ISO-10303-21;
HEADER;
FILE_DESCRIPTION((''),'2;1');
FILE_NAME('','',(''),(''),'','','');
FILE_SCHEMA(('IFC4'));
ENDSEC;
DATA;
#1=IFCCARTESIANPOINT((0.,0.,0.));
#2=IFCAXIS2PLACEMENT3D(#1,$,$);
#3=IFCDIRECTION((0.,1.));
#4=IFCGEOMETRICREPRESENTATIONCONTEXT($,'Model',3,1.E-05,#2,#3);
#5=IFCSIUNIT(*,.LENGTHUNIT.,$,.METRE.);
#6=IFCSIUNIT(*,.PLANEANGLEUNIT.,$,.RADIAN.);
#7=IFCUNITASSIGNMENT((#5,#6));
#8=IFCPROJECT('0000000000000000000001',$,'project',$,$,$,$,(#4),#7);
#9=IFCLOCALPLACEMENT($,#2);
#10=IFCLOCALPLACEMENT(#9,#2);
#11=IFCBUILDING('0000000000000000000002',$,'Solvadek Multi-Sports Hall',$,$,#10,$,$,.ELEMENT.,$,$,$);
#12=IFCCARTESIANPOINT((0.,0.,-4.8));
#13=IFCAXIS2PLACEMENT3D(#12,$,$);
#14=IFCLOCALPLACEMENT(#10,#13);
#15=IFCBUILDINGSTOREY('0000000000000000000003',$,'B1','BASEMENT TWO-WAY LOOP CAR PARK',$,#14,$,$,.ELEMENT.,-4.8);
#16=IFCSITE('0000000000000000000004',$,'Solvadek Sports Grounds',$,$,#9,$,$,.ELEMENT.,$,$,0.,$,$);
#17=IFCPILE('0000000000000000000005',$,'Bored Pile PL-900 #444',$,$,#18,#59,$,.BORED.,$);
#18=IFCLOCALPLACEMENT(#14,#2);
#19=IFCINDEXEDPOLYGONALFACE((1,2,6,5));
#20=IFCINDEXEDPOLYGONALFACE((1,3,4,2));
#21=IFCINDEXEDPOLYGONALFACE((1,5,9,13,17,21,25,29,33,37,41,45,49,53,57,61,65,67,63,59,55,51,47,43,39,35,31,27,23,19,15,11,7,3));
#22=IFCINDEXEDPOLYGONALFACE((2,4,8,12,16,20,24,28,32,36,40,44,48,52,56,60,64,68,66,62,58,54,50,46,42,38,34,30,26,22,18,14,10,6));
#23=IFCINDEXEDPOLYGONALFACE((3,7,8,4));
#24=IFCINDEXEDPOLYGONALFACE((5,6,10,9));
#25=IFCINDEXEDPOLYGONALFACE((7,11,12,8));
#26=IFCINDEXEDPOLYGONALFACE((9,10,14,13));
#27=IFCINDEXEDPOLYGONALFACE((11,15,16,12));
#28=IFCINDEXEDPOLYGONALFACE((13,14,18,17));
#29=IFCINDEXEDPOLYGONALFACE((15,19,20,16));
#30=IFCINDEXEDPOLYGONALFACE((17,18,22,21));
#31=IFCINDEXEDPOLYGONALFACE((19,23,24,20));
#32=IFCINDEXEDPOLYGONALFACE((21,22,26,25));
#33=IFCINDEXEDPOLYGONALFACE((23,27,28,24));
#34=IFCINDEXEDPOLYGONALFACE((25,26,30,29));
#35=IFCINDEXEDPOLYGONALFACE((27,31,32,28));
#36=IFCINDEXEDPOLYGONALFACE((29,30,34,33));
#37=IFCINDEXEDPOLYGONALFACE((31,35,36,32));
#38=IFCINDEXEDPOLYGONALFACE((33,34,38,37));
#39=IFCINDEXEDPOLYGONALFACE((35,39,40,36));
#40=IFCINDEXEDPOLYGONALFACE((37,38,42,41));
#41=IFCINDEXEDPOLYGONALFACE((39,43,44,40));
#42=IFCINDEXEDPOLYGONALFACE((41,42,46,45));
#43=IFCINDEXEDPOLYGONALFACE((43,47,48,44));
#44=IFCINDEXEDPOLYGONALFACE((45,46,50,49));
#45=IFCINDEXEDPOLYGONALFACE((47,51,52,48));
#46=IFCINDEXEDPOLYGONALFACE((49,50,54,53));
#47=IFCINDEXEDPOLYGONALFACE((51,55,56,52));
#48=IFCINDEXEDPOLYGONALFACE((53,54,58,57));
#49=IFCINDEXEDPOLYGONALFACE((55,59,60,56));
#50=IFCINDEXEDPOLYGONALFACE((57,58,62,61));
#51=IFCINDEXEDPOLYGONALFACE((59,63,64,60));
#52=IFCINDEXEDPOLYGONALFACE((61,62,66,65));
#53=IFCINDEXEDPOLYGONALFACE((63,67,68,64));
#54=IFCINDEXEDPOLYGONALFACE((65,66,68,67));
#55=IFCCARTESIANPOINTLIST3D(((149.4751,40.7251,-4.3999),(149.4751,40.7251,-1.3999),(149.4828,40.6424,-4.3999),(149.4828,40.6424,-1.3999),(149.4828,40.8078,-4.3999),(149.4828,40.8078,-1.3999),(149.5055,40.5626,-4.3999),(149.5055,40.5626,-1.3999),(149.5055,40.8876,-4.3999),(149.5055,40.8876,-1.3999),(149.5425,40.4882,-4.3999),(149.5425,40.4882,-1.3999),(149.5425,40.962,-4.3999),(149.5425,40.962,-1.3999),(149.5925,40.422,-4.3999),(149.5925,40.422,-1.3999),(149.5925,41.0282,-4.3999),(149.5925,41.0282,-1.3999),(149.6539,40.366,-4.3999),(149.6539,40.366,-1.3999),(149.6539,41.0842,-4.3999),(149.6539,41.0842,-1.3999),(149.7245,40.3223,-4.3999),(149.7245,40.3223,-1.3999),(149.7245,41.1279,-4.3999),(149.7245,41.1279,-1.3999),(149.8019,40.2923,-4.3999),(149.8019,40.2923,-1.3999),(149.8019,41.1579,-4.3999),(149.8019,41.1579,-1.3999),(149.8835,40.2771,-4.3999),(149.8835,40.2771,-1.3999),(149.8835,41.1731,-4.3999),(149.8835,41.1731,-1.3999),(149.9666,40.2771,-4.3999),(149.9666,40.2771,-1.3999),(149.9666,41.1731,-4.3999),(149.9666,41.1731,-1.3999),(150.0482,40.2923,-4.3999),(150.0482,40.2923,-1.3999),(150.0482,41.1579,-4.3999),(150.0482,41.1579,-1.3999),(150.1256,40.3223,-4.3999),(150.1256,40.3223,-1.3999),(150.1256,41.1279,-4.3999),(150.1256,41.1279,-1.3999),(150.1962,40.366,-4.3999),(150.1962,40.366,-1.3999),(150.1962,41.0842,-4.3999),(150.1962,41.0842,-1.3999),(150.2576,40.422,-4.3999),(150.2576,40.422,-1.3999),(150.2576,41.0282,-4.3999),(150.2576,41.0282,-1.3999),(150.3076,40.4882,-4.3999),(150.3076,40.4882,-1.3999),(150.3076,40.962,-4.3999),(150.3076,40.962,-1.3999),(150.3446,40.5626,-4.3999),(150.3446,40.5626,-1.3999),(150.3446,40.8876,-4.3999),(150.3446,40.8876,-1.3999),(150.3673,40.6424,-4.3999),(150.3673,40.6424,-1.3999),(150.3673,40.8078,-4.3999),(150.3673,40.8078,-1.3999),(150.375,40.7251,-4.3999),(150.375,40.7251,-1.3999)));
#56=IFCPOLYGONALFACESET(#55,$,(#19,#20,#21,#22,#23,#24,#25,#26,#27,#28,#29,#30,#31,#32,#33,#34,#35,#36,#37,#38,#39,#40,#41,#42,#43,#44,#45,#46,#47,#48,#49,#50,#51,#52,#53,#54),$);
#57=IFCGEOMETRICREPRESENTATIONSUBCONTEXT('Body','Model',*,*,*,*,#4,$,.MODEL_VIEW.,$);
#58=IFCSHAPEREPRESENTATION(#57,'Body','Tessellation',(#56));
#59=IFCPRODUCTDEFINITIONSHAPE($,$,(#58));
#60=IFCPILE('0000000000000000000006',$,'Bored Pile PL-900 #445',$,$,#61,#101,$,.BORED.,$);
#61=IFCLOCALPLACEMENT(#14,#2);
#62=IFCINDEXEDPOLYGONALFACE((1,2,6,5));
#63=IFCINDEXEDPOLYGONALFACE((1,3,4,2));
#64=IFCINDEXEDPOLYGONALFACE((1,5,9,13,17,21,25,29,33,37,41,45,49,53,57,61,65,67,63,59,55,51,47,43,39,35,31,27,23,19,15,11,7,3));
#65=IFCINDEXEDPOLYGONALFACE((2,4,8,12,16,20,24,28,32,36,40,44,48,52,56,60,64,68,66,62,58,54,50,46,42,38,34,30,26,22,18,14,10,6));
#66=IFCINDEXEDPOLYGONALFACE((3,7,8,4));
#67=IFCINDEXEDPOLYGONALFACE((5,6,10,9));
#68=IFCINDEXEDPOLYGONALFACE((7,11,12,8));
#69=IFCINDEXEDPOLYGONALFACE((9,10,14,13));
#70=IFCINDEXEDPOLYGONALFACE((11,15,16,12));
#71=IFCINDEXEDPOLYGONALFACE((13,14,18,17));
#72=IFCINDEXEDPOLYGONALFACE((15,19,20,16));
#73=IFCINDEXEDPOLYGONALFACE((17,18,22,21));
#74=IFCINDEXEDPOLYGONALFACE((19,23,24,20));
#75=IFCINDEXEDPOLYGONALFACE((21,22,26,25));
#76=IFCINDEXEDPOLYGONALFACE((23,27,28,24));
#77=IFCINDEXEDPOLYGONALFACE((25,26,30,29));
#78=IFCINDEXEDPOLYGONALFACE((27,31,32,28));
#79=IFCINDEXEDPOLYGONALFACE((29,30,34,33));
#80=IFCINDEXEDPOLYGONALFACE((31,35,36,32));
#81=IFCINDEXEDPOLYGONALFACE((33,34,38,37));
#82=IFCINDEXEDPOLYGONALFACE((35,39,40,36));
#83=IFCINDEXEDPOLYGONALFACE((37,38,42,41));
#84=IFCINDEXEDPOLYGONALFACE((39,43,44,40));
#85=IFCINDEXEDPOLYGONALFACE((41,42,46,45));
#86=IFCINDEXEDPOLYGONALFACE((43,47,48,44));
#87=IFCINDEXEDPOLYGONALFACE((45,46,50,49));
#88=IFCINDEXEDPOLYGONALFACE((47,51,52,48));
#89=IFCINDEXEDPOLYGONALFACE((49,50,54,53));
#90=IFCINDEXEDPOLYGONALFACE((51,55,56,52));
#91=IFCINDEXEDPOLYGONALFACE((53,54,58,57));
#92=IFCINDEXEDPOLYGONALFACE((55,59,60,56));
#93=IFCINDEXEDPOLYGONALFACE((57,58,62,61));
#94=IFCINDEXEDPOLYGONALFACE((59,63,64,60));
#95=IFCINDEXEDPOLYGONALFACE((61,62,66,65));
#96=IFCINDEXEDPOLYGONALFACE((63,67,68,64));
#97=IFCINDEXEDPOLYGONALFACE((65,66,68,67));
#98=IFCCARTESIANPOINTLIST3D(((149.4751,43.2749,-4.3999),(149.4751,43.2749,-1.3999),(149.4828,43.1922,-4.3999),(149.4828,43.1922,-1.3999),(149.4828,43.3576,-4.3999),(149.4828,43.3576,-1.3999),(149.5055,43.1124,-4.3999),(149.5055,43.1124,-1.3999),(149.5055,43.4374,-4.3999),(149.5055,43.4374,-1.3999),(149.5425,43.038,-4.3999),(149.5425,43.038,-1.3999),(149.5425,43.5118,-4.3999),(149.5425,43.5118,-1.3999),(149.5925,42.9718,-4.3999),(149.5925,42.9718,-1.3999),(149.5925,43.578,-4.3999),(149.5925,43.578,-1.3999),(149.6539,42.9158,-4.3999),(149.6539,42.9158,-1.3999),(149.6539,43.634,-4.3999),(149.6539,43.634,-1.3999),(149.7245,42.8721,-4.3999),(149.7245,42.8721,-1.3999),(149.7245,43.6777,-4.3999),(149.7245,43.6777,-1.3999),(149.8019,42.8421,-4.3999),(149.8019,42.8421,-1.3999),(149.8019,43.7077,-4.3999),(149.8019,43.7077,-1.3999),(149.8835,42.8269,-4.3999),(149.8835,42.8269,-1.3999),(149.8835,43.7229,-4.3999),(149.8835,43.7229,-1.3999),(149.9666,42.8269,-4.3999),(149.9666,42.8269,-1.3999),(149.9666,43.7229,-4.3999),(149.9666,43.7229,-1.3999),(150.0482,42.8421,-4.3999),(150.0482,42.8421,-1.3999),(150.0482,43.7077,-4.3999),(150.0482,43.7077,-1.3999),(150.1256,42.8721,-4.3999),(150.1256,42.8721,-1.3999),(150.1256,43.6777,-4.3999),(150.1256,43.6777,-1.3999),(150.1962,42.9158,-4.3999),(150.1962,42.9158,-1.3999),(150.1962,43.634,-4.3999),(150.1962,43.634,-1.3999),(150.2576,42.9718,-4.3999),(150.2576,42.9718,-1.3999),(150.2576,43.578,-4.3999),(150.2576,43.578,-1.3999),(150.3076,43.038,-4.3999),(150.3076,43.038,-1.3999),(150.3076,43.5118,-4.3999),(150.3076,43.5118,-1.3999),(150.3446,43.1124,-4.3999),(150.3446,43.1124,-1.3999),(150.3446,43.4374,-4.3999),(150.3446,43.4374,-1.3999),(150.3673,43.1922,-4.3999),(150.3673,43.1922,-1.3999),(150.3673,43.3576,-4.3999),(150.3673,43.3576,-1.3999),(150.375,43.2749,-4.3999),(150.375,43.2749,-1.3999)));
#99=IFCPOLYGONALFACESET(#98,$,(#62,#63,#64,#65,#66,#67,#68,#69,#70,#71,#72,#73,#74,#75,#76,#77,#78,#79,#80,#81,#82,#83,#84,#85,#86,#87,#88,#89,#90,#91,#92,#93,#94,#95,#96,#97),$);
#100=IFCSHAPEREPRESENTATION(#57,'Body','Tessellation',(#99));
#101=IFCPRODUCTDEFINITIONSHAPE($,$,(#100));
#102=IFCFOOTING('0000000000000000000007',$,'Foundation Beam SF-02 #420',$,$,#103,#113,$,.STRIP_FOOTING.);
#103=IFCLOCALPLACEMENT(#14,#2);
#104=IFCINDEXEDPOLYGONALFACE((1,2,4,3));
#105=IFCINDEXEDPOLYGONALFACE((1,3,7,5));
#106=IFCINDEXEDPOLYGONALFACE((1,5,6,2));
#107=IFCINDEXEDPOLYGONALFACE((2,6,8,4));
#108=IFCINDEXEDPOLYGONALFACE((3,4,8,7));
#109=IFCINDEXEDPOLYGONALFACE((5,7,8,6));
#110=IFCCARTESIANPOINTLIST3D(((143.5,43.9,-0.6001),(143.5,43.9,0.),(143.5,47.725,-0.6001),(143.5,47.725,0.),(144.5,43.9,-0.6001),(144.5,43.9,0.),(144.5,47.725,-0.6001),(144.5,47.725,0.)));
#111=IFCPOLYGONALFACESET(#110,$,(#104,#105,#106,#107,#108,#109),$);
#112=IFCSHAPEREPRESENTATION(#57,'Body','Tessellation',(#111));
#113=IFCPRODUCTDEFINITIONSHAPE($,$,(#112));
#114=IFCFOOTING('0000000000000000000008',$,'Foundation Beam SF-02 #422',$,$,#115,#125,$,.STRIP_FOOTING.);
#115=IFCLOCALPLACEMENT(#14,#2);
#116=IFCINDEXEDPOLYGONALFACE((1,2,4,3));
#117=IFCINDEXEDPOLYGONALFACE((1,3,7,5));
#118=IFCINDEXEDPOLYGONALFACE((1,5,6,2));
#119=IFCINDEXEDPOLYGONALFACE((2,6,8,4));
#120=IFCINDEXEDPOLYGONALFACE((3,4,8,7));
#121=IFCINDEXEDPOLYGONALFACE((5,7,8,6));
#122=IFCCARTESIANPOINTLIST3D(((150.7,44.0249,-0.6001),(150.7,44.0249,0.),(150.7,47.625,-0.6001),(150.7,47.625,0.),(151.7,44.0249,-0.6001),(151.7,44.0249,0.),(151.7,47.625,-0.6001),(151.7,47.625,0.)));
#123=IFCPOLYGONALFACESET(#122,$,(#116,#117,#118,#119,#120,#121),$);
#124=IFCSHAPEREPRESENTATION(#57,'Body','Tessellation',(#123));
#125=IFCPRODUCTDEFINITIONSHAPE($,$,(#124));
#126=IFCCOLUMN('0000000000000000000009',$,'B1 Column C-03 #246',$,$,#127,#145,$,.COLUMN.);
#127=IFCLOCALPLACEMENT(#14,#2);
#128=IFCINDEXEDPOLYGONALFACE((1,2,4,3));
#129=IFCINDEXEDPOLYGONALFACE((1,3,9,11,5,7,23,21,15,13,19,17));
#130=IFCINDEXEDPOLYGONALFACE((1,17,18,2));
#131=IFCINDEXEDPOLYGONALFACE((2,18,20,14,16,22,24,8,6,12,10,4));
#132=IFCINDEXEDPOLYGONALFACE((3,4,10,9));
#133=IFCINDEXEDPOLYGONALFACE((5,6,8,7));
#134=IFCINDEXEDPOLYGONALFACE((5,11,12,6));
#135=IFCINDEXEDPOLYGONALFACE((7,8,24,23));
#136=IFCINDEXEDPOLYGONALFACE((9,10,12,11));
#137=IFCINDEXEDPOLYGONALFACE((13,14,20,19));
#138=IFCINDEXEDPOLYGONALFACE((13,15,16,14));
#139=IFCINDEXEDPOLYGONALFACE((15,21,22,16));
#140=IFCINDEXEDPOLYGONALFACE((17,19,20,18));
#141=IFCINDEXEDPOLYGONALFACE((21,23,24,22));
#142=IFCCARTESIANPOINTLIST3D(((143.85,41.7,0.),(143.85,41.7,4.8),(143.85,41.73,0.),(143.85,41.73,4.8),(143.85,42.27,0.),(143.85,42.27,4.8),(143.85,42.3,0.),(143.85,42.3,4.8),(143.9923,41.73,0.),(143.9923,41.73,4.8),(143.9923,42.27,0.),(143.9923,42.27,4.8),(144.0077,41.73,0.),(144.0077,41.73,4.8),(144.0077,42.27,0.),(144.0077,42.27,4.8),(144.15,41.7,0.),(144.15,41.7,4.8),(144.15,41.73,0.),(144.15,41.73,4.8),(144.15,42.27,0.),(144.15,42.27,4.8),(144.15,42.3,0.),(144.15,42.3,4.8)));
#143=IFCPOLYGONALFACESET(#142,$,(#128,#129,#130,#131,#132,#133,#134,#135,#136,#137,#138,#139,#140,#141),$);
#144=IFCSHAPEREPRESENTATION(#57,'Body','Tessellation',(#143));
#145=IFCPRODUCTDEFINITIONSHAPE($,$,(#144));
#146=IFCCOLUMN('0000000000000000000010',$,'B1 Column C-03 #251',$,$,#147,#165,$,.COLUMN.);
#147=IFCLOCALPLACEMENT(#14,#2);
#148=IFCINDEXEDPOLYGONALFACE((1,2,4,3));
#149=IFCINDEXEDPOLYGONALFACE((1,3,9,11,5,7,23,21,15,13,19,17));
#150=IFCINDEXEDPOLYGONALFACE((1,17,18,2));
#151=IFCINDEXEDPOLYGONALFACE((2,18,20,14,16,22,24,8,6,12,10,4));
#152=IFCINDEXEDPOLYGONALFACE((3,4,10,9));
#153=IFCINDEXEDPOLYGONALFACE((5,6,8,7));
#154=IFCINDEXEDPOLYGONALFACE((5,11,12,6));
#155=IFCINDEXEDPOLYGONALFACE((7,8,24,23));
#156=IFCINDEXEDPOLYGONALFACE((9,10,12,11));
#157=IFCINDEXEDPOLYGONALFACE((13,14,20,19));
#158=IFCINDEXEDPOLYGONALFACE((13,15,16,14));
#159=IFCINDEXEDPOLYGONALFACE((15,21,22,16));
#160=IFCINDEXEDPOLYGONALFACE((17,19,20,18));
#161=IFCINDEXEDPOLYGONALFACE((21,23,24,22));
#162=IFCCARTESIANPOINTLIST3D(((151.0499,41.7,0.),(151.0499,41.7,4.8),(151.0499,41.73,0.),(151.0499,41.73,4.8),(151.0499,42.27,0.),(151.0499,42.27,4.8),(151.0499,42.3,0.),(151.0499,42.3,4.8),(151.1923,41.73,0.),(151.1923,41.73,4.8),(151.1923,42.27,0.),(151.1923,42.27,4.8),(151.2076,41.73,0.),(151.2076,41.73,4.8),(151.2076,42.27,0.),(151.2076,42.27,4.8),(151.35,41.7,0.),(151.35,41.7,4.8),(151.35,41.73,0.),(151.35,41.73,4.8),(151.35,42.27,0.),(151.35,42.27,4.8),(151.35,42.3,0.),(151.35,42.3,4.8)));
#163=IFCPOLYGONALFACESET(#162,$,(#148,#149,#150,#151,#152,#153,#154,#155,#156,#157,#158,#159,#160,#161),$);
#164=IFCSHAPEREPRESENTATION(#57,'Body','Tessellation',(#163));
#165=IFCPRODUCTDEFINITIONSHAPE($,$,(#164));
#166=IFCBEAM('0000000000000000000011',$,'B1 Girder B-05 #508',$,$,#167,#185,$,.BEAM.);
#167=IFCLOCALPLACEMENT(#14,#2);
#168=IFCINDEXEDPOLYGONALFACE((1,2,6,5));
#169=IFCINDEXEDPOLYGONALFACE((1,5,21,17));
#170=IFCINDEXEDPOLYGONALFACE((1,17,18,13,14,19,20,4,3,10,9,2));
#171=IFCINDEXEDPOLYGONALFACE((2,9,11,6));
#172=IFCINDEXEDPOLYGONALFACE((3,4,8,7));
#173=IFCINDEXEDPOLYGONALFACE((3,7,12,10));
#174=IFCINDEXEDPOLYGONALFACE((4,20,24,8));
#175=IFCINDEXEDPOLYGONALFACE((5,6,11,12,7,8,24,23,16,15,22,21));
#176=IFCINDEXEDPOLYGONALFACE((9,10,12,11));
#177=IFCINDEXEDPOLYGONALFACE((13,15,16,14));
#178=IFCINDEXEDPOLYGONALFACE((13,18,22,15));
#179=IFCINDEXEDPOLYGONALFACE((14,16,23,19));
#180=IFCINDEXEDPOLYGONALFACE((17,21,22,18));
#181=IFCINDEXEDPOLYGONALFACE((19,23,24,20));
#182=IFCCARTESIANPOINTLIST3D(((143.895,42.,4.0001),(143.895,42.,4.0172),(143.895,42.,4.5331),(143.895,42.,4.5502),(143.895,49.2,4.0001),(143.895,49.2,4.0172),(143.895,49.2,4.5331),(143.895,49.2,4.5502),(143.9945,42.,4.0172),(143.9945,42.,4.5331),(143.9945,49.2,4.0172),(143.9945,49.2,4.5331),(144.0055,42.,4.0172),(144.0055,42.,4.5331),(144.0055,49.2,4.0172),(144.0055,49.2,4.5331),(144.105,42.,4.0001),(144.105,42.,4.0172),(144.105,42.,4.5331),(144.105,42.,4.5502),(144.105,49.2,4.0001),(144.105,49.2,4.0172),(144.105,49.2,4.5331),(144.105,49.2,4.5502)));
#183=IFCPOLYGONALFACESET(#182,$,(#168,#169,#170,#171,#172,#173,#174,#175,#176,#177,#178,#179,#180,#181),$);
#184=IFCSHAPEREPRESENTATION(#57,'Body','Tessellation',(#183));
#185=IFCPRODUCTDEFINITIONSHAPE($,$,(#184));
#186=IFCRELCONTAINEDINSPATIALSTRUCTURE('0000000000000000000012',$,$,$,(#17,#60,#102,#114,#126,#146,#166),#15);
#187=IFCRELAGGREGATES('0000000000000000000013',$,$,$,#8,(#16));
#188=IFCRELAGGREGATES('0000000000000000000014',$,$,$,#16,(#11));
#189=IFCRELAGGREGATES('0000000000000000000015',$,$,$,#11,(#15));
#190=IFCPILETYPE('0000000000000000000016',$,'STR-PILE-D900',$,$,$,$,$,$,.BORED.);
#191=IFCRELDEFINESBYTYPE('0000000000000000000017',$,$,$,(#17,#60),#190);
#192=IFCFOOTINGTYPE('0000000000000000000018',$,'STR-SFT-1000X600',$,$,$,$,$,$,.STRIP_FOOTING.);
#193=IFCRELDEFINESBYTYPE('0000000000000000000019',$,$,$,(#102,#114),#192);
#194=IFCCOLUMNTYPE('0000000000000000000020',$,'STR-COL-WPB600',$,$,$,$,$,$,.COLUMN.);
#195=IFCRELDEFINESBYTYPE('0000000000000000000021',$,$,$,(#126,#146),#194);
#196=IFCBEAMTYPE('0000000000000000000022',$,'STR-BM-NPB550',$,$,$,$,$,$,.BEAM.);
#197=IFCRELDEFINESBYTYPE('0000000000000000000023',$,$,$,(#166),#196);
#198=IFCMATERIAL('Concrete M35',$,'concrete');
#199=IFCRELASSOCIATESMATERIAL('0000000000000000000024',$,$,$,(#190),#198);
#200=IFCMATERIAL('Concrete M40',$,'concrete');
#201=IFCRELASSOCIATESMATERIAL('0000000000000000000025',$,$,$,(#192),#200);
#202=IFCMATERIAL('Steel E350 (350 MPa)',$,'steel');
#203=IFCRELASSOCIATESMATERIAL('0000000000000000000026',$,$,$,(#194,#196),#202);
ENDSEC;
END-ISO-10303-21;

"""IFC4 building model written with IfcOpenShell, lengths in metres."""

from ifc_helpers import new_model, si_unit, direction, frame, origin, origin_2d, place, context, subcontext, project, spatial, rectangle, circle, i_section, extrude, material, material_profile, profile_set, type_object, element, save


model = new_model("IFC4")

# Units and contexts
model_context = context("Model", 3, precision=1e-05, world=origin(), true_north=direction((0.0, 1.0)))
body_context = subcontext(model_context, "Body", "Model", "MODEL_VIEW")
ifc_project = project(units=[si_unit("LENGTHUNIT", "METRE"), si_unit("PLANEANGLEUNIT", "RADIAN")], contexts=[model_context])

# Site, building, storey
site_placement = place(None, origin())
site = spatial("IfcSite", under=ifc_project, at=site_placement, Name="Solvadek Sports Grounds", CompositionType="ELEMENT", RefElevation=0.0)
building_placement = place(site_placement, origin())
building = spatial("IfcBuilding", under=site, at=building_placement, Name="Solvadek Multi-Sports Hall", CompositionType="ELEMENT")
storey_placement = place(building_placement, frame((0.0, 0.0, -4.8)))
storey = spatial("IfcBuildingStorey", under=building, at=storey_placement, Name="B1", Description="BASEMENT TWO-WAY LOOP CAR PARK", CompositionType="ELEMENT", Elevation=-4.8)

# Shared definitions
ifc_material_1 = material(Name="Concrete M40", Category="concrete")

# Piles
ifc_material_2 = material(Name="Concrete M35", Category="concrete")
ifc_material_profile_1 = material_profile(ifc_material_2, circle(Radius=0.45, at=origin_2d()), Name="BORED PILE D900")
ifc_profile_set_1 = profile_set([ifc_material_profile_1], Name="Concrete M35")
pile_type_1 = type_object("IfcPileType", Name="STR-PILE-D900", PredefinedType="BORED", material=ifc_profile_set_1)
for number, where, z_axis, x_axis, name in (
    (1, (149.925, 40.7251, -1.3999), (0.0, 0.0, -1.0), (1.0, 0.0, 0.0), "Bored Pile PL-900 #444"),
    (2, (149.925, 43.2749, -1.3999), (0.0, 0.0, -1.0), (1.0, 0.0, 0.0), "Bored Pile PL-900 #445"),
):
    element("IfcPile", number, at=place(storey_placement, frame(where, z_axis=z_axis, x_axis=x_axis)), inside=storey, type_object=pile_type_1, Name=name, PredefinedType="BORED", context=body_context, shape_type="SweptSolid", body=[
        extrude(circle(Radius=0.45, at=origin_2d()), origin(), (0.0, 0.0, 1.0), 3.0),
    ])

# Footings
footing_type_1 = type_object("IfcFootingType", Name="STR-SFT-1000X600", PredefinedType="STRIP_FOOTING", material=ifc_material_1)
footing_1_placement = place(storey_placement, frame((144.0, 45.8125, -0.6001), z_axis=(0.0, 0.0, 1.0), x_axis=(0.0, 1.0, 0.0)))
element("IfcFooting", 3, at=footing_1_placement, inside=storey, type_object=footing_type_1, Name="Foundation Beam SF-02 #420", PredefinedType="STRIP_FOOTING", context=body_context, shape_type="SweptSolid", body=[
    extrude(rectangle(XDim=3.825, YDim=1.0, at=origin_2d()), origin(), (0.0, 0.0, 1.0), 0.6001),
])
footing_2_placement = place(storey_placement, frame((151.2, 45.825, -0.6001), z_axis=(0.0, 0.0, 1.0), x_axis=(0.0, 1.0, 0.0)))
element("IfcFooting", 4, at=footing_2_placement, inside=storey, type_object=footing_type_1, Name="Foundation Beam SF-02 #422", PredefinedType="STRIP_FOOTING", context=body_context, shape_type="SweptSolid", body=[
    extrude(rectangle(XDim=3.6001, YDim=1.0, at=origin_2d()), origin(), (0.0, 0.0, 1.0), 0.6001),
])

# Columns
ifc_material_3 = material(Name="Steel E350 (350 MPa)", Category="steel")
ifc_material_profile_2 = material_profile(ifc_material_3, i_section(OverallWidth=0.3, OverallDepth=0.6001, WebThickness=0.0154, FlangeThickness=0.03, at=origin_2d()), Name="WPB 600")
ifc_profile_set_2 = profile_set([ifc_material_profile_2], Name="Steel E350 (350 MPa)")
column_type = type_object("IfcColumnType", Name="STR-COL-WPB600", PredefinedType="COLUMN", material=ifc_profile_set_2)
for number, where, z_axis, x_axis, name in (
    (5, (144.0, 42.0, 0.0), (0.0, 0.0, 1.0), (1.0, 0.0, 0.0), "B1 Column C-03 #246"),
    (6, (151.2, 42.0, 0.0), (0.0, 0.0, 1.0), (1.0, 0.0, 0.0), "B1 Column C-03 #251"),
):
    element("IfcColumn", number, at=place(storey_placement, frame(where, z_axis=z_axis, x_axis=x_axis)), inside=storey, type_object=column_type, Name=name, PredefinedType="COLUMN", context=body_context, shape_type="SweptSolid", body=[
        extrude(i_section(OverallWidth=0.3, OverallDepth=0.6001, WebThickness=0.0154, FlangeThickness=0.03, at=origin_2d()), origin(), (0.0, 0.0, 1.0), 4.8),
    ])

# Beam
ifc_material_profile_3 = material_profile(ifc_material_3, i_section(OverallWidth=0.21, OverallDepth=0.55, WebThickness=0.011, FlangeThickness=0.0171, at=origin_2d()), Name="NPB 550")
ifc_profile_set_3 = profile_set([ifc_material_profile_3], Name="Steel E350 (350 MPa)")
beam_type_1 = type_object("IfcBeamType", Name="STR-BM-NPB550", PredefinedType="BEAM", material=ifc_profile_set_3)
for number, where, z_axis, x_axis, name in (
    (7, (144.0, 42.0, 4.2751), (0.0, 1.0, 0.0), (-1.0, 0.0, 0.0), "B1 Girder B-05 #508"),
):
    element("IfcBeam", number, at=place(storey_placement, frame(where, z_axis=z_axis, x_axis=x_axis)), inside=storey, type_object=beam_type_1, Name=name, PredefinedType="BEAM", context=body_context, shape_type="SweptSolid", body=[
        extrude(i_section(OverallWidth=0.21, OverallDepth=0.55, WebThickness=0.011, FlangeThickness=0.0171, at=origin_2d()), origin(), (0.0, 0.0, 1.0), 7.2),
    ])

save(model, "model.ifc")
